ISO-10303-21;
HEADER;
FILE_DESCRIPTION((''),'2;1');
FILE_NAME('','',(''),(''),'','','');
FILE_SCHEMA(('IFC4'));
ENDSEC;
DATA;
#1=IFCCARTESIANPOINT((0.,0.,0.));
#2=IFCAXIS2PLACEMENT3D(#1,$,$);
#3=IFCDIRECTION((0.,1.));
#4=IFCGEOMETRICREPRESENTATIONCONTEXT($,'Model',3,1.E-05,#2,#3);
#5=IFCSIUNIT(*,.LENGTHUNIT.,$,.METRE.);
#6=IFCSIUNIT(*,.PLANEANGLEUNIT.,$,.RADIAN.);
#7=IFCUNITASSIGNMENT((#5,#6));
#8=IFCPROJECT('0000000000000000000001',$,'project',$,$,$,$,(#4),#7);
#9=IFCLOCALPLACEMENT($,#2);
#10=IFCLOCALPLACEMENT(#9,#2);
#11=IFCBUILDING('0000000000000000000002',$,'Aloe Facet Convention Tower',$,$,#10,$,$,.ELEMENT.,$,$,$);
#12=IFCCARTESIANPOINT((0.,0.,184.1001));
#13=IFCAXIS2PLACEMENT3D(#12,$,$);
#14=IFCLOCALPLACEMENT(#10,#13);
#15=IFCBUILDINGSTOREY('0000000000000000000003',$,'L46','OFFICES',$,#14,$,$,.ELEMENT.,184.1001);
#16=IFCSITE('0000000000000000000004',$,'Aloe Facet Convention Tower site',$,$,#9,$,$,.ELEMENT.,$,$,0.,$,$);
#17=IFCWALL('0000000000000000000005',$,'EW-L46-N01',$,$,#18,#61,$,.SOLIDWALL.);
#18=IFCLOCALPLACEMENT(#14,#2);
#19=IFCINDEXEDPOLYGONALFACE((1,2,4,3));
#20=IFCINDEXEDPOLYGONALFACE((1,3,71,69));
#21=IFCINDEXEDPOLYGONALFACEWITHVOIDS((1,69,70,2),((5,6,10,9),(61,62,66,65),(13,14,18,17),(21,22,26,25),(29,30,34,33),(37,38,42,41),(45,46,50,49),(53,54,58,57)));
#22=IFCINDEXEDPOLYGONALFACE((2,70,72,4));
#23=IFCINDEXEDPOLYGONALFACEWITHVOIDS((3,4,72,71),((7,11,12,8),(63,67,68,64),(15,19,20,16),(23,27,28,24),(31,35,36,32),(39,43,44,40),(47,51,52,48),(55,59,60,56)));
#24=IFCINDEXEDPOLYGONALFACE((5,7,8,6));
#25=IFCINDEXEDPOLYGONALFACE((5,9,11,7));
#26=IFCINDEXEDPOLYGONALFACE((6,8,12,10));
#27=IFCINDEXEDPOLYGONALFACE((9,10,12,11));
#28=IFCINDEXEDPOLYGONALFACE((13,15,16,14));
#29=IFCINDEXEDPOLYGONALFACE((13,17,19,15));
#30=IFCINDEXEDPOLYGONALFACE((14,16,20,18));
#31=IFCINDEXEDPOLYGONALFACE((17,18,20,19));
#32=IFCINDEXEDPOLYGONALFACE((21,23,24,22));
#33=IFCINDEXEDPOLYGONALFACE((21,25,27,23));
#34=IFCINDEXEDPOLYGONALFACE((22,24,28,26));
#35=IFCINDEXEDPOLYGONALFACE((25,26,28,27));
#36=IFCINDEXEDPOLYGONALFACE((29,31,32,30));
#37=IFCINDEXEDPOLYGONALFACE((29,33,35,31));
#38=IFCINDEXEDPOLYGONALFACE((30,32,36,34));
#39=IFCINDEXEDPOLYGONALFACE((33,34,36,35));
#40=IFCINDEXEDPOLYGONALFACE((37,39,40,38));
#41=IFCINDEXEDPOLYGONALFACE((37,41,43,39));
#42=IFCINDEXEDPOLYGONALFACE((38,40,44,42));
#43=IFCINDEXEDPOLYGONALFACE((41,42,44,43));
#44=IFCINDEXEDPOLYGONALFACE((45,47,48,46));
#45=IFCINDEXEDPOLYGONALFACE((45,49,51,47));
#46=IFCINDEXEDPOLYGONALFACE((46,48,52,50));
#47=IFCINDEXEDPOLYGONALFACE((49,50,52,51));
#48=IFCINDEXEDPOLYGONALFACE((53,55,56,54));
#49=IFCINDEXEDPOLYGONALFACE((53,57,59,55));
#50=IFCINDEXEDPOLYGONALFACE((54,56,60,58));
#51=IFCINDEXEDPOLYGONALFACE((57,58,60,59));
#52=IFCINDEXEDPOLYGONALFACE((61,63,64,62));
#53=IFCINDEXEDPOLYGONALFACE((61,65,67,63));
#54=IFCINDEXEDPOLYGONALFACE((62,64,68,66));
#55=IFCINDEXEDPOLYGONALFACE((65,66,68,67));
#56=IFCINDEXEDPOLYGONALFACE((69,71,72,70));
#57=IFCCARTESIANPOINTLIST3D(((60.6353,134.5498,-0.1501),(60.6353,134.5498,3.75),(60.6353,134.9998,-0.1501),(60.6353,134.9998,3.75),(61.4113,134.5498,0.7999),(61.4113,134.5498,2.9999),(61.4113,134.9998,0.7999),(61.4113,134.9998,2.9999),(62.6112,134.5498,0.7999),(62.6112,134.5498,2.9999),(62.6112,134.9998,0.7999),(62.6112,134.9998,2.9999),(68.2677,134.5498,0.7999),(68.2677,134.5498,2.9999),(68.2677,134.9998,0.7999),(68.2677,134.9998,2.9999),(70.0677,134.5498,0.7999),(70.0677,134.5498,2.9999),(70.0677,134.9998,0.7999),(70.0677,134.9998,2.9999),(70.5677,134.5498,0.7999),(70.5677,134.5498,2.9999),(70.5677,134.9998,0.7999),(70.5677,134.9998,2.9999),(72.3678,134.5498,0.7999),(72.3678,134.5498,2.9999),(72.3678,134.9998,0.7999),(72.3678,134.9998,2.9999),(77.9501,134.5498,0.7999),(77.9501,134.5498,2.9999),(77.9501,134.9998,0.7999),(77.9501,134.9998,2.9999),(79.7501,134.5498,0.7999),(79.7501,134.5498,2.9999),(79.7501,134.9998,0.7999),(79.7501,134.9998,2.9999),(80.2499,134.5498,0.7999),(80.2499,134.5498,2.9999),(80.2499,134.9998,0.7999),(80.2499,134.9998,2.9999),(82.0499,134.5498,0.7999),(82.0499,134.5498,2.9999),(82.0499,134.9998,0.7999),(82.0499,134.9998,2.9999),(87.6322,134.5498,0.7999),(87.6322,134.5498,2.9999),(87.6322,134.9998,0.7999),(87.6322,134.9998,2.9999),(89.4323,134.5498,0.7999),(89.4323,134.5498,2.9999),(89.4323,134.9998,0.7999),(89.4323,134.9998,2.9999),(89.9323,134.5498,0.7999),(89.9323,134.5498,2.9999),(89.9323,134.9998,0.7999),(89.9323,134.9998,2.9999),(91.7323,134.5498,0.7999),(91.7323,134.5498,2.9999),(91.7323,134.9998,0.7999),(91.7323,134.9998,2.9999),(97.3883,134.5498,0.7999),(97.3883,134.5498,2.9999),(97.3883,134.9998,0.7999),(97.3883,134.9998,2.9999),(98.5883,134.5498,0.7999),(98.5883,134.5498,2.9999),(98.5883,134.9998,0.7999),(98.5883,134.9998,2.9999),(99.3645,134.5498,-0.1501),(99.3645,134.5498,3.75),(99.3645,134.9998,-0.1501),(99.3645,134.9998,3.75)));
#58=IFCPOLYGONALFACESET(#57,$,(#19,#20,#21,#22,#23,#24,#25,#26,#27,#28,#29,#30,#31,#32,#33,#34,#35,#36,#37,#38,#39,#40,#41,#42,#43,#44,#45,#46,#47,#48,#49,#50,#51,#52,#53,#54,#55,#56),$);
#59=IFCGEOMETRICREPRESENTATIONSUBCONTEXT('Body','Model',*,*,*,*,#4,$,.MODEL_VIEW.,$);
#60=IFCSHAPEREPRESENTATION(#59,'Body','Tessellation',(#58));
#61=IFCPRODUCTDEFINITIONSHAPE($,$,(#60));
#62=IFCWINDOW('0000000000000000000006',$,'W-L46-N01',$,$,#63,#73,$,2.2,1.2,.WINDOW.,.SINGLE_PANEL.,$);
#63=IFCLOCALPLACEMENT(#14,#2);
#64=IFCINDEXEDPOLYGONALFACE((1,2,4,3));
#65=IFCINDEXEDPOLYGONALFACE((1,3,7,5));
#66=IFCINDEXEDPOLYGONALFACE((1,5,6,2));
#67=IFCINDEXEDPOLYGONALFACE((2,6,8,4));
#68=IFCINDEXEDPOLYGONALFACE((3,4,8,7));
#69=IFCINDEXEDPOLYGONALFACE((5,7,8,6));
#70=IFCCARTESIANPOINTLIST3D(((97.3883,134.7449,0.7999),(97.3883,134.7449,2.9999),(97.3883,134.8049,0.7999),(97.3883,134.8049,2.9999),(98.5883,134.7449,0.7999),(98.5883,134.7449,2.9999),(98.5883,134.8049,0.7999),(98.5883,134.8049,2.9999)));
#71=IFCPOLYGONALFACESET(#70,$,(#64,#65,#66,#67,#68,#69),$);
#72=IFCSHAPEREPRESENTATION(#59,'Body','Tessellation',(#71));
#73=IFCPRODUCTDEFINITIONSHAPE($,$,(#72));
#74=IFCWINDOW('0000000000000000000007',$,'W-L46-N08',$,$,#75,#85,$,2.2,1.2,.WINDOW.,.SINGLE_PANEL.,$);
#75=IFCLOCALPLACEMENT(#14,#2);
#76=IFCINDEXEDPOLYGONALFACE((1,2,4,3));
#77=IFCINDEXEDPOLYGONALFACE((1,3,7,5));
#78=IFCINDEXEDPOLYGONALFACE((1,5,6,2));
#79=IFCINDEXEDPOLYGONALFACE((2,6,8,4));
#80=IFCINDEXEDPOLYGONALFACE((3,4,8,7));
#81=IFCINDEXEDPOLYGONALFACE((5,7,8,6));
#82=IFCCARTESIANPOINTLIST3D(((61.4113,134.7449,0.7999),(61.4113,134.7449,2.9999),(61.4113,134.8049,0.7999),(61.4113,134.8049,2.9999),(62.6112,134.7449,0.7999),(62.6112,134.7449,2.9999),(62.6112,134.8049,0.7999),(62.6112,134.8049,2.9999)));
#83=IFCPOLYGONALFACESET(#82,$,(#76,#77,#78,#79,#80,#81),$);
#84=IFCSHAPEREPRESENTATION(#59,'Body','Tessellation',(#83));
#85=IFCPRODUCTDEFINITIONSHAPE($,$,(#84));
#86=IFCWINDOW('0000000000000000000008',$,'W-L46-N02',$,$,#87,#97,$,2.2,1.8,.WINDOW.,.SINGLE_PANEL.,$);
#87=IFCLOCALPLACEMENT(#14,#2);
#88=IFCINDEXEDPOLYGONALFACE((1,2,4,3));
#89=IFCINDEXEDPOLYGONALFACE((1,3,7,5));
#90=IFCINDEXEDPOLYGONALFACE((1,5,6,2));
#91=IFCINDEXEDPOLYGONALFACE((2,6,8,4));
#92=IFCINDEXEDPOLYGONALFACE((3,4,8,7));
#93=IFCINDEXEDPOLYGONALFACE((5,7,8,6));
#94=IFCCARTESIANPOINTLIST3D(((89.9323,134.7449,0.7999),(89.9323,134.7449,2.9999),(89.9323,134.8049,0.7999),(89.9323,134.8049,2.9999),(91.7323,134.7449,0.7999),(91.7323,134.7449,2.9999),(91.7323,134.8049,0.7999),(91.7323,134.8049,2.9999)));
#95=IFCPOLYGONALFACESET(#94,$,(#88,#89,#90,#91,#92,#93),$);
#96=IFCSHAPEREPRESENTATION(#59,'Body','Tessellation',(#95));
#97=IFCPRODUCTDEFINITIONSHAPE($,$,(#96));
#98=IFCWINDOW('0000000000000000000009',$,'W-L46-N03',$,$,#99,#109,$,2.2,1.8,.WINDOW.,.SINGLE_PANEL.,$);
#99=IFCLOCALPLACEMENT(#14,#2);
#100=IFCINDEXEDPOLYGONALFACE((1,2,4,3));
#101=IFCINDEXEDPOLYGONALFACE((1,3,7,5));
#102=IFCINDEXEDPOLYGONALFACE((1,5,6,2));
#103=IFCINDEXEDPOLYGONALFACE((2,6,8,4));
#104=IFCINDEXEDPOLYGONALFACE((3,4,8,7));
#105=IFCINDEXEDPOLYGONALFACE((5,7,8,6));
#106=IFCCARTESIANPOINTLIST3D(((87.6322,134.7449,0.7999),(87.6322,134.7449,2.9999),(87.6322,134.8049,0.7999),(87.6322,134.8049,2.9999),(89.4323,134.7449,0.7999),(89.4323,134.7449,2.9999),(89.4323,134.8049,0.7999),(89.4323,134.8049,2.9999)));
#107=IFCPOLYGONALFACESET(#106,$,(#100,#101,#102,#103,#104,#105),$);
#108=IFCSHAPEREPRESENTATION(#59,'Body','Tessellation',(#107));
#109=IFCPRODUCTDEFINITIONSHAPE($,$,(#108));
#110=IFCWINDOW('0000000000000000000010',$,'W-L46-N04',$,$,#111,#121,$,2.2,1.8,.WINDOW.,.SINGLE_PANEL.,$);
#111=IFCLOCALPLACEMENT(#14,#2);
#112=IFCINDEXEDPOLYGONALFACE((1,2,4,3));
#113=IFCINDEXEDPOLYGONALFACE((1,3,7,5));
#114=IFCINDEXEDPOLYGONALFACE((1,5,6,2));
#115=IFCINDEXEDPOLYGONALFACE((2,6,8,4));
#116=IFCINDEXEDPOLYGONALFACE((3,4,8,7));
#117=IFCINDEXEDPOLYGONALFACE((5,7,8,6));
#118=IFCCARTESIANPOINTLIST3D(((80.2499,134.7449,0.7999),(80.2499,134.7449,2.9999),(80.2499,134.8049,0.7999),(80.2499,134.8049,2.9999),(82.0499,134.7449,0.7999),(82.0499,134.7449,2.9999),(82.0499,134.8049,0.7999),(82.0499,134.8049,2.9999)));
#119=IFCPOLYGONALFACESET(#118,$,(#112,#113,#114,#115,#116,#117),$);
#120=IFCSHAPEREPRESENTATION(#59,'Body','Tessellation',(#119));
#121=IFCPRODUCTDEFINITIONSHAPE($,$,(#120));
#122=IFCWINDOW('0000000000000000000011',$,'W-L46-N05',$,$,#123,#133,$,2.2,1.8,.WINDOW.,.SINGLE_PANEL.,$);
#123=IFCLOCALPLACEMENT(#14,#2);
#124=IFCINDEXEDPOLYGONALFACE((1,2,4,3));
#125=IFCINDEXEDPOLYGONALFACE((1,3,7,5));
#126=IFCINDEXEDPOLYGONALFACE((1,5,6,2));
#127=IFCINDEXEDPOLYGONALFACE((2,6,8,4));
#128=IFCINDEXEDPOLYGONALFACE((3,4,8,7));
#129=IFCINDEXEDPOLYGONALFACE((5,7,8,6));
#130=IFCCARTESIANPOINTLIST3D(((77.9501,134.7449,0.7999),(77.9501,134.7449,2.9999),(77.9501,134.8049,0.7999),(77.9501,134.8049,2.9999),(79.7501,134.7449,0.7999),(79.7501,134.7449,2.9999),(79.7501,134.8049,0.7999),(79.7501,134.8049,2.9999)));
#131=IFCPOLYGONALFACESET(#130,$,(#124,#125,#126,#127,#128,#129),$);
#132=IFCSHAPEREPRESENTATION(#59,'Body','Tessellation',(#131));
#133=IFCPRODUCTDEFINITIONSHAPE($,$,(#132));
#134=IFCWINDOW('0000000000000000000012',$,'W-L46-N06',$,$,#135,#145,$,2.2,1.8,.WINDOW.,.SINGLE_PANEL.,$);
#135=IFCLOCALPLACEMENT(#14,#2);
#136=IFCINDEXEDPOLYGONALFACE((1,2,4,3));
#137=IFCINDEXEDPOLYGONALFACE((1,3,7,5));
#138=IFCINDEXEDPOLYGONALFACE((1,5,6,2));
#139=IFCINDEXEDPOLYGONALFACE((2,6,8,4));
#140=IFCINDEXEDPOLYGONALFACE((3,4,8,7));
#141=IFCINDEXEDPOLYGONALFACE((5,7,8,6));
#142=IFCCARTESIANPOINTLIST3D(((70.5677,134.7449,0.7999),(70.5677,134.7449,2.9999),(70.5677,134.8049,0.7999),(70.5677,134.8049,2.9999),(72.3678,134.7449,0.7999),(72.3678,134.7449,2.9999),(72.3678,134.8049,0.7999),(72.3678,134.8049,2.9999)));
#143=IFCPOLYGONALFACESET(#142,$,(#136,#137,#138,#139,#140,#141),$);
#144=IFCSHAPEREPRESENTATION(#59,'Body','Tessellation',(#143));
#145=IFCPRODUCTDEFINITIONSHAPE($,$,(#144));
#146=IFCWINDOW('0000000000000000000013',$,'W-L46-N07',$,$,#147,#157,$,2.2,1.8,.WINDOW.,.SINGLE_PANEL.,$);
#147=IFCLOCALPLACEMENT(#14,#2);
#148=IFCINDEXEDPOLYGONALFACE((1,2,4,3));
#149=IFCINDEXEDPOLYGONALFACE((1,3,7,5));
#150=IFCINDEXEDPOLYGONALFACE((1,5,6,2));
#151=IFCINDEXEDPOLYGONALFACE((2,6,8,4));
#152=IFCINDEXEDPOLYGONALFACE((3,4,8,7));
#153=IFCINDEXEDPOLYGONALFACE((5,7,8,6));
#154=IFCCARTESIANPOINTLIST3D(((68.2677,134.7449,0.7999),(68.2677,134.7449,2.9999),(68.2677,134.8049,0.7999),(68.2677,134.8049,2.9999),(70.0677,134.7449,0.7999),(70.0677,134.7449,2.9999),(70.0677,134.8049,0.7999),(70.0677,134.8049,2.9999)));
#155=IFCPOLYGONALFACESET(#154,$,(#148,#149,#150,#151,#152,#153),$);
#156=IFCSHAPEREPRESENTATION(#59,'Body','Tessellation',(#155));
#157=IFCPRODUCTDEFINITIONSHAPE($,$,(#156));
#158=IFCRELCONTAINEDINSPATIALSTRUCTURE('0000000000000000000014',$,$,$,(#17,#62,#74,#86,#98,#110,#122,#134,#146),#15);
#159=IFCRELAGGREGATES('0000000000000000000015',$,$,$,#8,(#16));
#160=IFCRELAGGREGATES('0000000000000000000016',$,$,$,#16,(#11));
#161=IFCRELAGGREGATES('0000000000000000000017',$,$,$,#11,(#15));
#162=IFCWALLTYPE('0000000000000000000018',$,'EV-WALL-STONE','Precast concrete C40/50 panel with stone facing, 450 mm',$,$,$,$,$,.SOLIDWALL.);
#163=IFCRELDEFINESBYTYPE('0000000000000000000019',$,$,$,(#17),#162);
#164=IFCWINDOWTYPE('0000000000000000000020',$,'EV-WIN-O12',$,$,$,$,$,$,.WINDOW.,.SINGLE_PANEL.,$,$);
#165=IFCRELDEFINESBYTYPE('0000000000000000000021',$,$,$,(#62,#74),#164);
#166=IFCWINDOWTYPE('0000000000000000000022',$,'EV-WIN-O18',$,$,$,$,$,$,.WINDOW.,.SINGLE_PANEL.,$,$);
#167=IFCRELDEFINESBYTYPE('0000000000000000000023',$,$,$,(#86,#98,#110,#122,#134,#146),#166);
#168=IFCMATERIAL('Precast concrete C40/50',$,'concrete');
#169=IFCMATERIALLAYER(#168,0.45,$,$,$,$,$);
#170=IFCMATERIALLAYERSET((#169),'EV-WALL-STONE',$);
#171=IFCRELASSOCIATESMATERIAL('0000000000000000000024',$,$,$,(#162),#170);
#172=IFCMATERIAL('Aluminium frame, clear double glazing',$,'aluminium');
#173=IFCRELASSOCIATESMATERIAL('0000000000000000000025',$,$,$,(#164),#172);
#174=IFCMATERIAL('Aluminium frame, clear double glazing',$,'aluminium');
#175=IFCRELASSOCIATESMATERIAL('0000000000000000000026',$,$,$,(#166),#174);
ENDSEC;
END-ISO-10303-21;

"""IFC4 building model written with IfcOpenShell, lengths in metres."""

from ifc_helpers import new_model, si_unit, direction, frame, frame_2d, origin, place, context, subcontext, project, spatial, polyline, rectangle, outline, extrude, material, layer, layer_set, type_object, element, fill, save


model = new_model("IFC4")

# Units and contexts
model_context = context("Model", 3, precision=1e-05, world=origin(), true_north=direction((0.0, 1.0)))
body_context = subcontext(model_context, "Body", "Model", "MODEL_VIEW")
ifc_project = project(units=[si_unit("LENGTHUNIT", "METRE"), si_unit("PLANEANGLEUNIT", "RADIAN")], contexts=[model_context])

# Site, building, storey
site_placement = place(None, origin())
site = spatial("IfcSite", under=ifc_project, at=site_placement, Name="Aloe Facet Convention Tower site", CompositionType="ELEMENT", RefElevation=0.0)
building_placement = place(site_placement, origin())
building = spatial("IfcBuilding", under=site, at=building_placement, Name="Aloe Facet Convention Tower", CompositionType="ELEMENT")
storey_placement = place(building_placement, frame((0.0, 0.0, 184.1001)))
storey = spatial("IfcBuildingStorey", under=building, at=storey_placement, Name="L46", Description="OFFICES", CompositionType="ELEMENT", Elevation=184.1001)

# Wall, openings, windows
ifc_material_1 = material(Name="Precast concrete C40/50", Category="concrete")
ifc_layer_1 = layer(ifc_material_1, 0.45)
ifc_layer_set_1 = layer_set([ifc_layer_1], Name="EV-WALL-STONE")
wall_type_1 = type_object("IfcWallType", Name="EV-WALL-STONE", Description="Precast concrete C40/50 panel with stone facing, 450 mm", PredefinedType="SOLIDWALL", material=ifc_layer_set_1)
wall_1_placement = place(storey_placement, frame((99.3645, 134.7749, -0.1501), z_axis=(0.0, 0.0, 1.0), x_axis=(-1.0, 0.0, 0.0)))
wall_1 = element("IfcWall", 1, at=wall_1_placement, inside=storey, type_object=wall_type_1, Name="EW-L46-N01", PredefinedType="SOLIDWALL", context=body_context, shape_type="SweptSolid", body=[
    extrude(outline(polyline([(38.7292, 0.0), (38.7292, 3.9001), (0.0, 3.9001), (0.0, 0.0), (38.7292, 0.0)])), frame((0.0, 0.2251, 0.0), z_axis=(0.0, -1.0, 0.0), x_axis=(1.0, 0.0, 0.0)), (0.0, 0.0, 1.0), 0.45),
])
opening_1_placement = place(wall_1_placement, frame((0.7761, 0.0, 0.95)))
opening_1 = element("IfcOpeningElement", 2, at=opening_1_placement, cuts=wall_1, PredefinedType="OPENING", context=body_context, shape_type="SweptSolid", body=[
    extrude(rectangle(XDim=1.2, YDim=2.2, at=frame_2d((0.6001, 1.1001))), frame((0.0, 0.2349, 0.0), z_axis=(0.0, -1.0, 0.0), x_axis=(1.0, 0.0, 0.0)), (0.0, 0.0, 1.0), 0.47),
])
opening_2_placement = place(wall_1_placement, frame((7.6323, 0.0, 0.95)))
opening_2 = element("IfcOpeningElement", 3, at=opening_2_placement, cuts=wall_1, PredefinedType="OPENING", context=body_context, shape_type="SweptSolid", body=[
    extrude(rectangle(XDim=1.8, YDim=2.2, at=frame_2d((0.8999, 1.1001))), frame((0.0, 0.2349, 0.0), z_axis=(0.0, -1.0, 0.0), x_axis=(1.0, 0.0, 0.0)), (0.0, 0.0, 1.0), 0.47),
])
opening_3_placement = place(wall_1_placement, frame((9.9324, 0.0, 0.95)))
opening_3 = element("IfcOpeningElement", 4, at=opening_3_placement, cuts=wall_1, PredefinedType="OPENING", context=body_context, shape_type="SweptSolid", body=[
    extrude(rectangle(XDim=1.8, YDim=2.2, at=frame_2d((0.8999, 1.1001))), frame((0.0, 0.2349, 0.0), z_axis=(0.0, -1.0, 0.0), x_axis=(1.0, 0.0, 0.0)), (0.0, 0.0, 1.0), 0.47),
])
opening_4_placement = place(wall_1_placement, frame((17.3147, 0.0, 0.95)))
opening_4 = element("IfcOpeningElement", 5, at=opening_4_placement, cuts=wall_1, PredefinedType="OPENING", context=body_context, shape_type="SweptSolid", body=[
    extrude(rectangle(XDim=1.8, YDim=2.2, at=frame_2d((0.8999, 1.1001))), frame((0.0, 0.2349, 0.0), z_axis=(0.0, -1.0, 0.0), x_axis=(1.0, 0.0, 0.0)), (0.0, 0.0, 1.0), 0.47),
])
opening_5_placement = place(wall_1_placement, frame((19.6145, 0.0, 0.95)))
opening_5 = element("IfcOpeningElement", 6, at=opening_5_placement, cuts=wall_1, PredefinedType="OPENING", context=body_context, shape_type="SweptSolid", body=[
    extrude(rectangle(XDim=1.8, YDim=2.2, at=frame_2d((0.8999, 1.1001))), frame((0.0, 0.2349, 0.0), z_axis=(0.0, -1.0, 0.0), x_axis=(1.0, 0.0, 0.0)), (0.0, 0.0, 1.0), 0.47),
])
opening_6_placement = place(wall_1_placement, frame((26.9968, 0.0, 0.95)))
opening_6 = element("IfcOpeningElement", 7, at=opening_6_placement, cuts=wall_1, PredefinedType="OPENING", context=body_context, shape_type="SweptSolid", body=[
    extrude(rectangle(XDim=1.8, YDim=2.2, at=frame_2d((0.8999, 1.1001))), frame((0.0, 0.2349, 0.0), z_axis=(0.0, -1.0, 0.0), x_axis=(1.0, 0.0, 0.0)), (0.0, 0.0, 1.0), 0.47),
])
opening_7_placement = place(wall_1_placement, frame((29.2969, 0.0, 0.95)))
opening_7 = element("IfcOpeningElement", 8, at=opening_7_placement, cuts=wall_1, PredefinedType="OPENING", context=body_context, shape_type="SweptSolid", body=[
    extrude(rectangle(XDim=1.8, YDim=2.2, at=frame_2d((0.8999, 1.1001))), frame((0.0, 0.2349, 0.0), z_axis=(0.0, -1.0, 0.0), x_axis=(1.0, 0.0, 0.0)), (0.0, 0.0, 1.0), 0.47),
])
opening_8_placement = place(wall_1_placement, frame((36.7532, 0.0, 0.95)))
opening_8 = element("IfcOpeningElement", 9, at=opening_8_placement, cuts=wall_1, PredefinedType="OPENING", context=body_context, shape_type="SweptSolid", body=[
    extrude(rectangle(XDim=1.2, YDim=2.2, at=frame_2d((0.6001, 1.1001))), frame((0.0, 0.2349, 0.0), z_axis=(0.0, -1.0, 0.0), x_axis=(1.0, 0.0, 0.0)), (0.0, 0.0, 1.0), 0.47),
])
ifc_material_2 = material(Name="Aluminium frame, clear double glazing", Category="aluminium")
window_type_1 = type_object("IfcWindowType", Name="EV-WIN-O12", PartitioningType="SINGLE_PANEL", PredefinedType="WINDOW", material=ifc_material_2)
window_1_placement = place(opening_1_placement, origin())
window_1 = element("IfcWindow", 10, at=window_1_placement, inside=storey, type_object=window_type_1, Name="W-L46-N01", OverallHeight=2.2, OverallWidth=1.2, PartitioningType="SINGLE_PANEL", PredefinedType="WINDOW", context=body_context, shape_type="SweptSolid", body=[
    extrude(rectangle(XDim=1.2, YDim=2.2, at=frame_2d((0.6001, 1.1001))), frame((0.0, 0.03, 0.0), z_axis=(0.0, -1.0, 0.0), x_axis=(1.0, 0.0, 0.0)), (0.0, 0.0, 1.0), 0.0601),
])
fill(opening_1, window_1)
window_2_placement = place(opening_8_placement, origin())
window_2 = element("IfcWindow", 11, at=window_2_placement, inside=storey, type_object=window_type_1, Name="W-L46-N08", OverallHeight=2.2, OverallWidth=1.2, PartitioningType="SINGLE_PANEL", PredefinedType="WINDOW", context=body_context, shape_type="SweptSolid", body=[
    extrude(rectangle(XDim=1.2, YDim=2.2, at=frame_2d((0.6001, 1.1001))), frame((0.0, 0.03, 0.0), z_axis=(0.0, -1.0, 0.0), x_axis=(1.0, 0.0, 0.0)), (0.0, 0.0, 1.0), 0.0601),
])
fill(opening_8, window_2)
ifc_material_3 = material(Name="Aluminium frame, clear double glazing", Category="aluminium")
window_type_2 = type_object("IfcWindowType", Name="EV-WIN-O18", PartitioningType="SINGLE_PANEL", PredefinedType="WINDOW", material=ifc_material_3)
window_3_placement = place(opening_2_placement, origin())
window_3 = element("IfcWindow", 12, at=window_3_placement, inside=storey, type_object=window_type_2, Name="W-L46-N02", OverallHeight=2.2, OverallWidth=1.8, PartitioningType="SINGLE_PANEL", PredefinedType="WINDOW", context=body_context, shape_type="SweptSolid", body=[
    extrude(rectangle(XDim=1.8, YDim=2.2, at=frame_2d((0.8999, 1.1001))), frame((0.0, 0.03, 0.0), z_axis=(0.0, -1.0, 0.0), x_axis=(1.0, 0.0, 0.0)), (0.0, 0.0, 1.0), 0.0601),
])
fill(opening_2, window_3)
window_4_placement = place(opening_3_placement, origin())
window_4 = element("IfcWindow", 13, at=window_4_placement, inside=storey, type_object=window_type_2, Name="W-L46-N03", OverallHeight=2.2, OverallWidth=1.8, PartitioningType="SINGLE_PANEL", PredefinedType="WINDOW", context=body_context, shape_type="SweptSolid", body=[
    extrude(rectangle(XDim=1.8, YDim=2.2, at=frame_2d((0.8999, 1.1001))), frame((0.0, 0.03, 0.0), z_axis=(0.0, -1.0, 0.0), x_axis=(1.0, 0.0, 0.0)), (0.0, 0.0, 1.0), 0.0601),
])
fill(opening_3, window_4)
window_5_placement = place(opening_4_placement, origin())
window_5 = element("IfcWindow", 14, at=window_5_placement, inside=storey, type_object=window_type_2, Name="W-L46-N04", OverallHeight=2.2, OverallWidth=1.8, PartitioningType="SINGLE_PANEL", PredefinedType="WINDOW", context=body_context, shape_type="SweptSolid", body=[
    extrude(rectangle(XDim=1.8, YDim=2.2, at=frame_2d((0.8999, 1.1001))), frame((0.0, 0.03, 0.0), z_axis=(0.0, -1.0, 0.0), x_axis=(1.0, 0.0, 0.0)), (0.0, 0.0, 1.0), 0.0601),
])
fill(opening_4, window_5)
window_6_placement = place(opening_5_placement, origin())
window_6 = element("IfcWindow", 15, at=window_6_placement, inside=storey, type_object=window_type_2, Name="W-L46-N05", OverallHeight=2.2, OverallWidth=1.8, PartitioningType="SINGLE_PANEL", PredefinedType="WINDOW", context=body_context, shape_type="SweptSolid", body=[
    extrude(rectangle(XDim=1.8, YDim=2.2, at=frame_2d((0.8999, 1.1001))), frame((0.0, 0.03, 0.0), z_axis=(0.0, -1.0, 0.0), x_axis=(1.0, 0.0, 0.0)), (0.0, 0.0, 1.0), 0.0601),
])
fill(opening_5, window_6)
window_7_placement = place(opening_6_placement, origin())
window_7 = element("IfcWindow", 16, at=window_7_placement, inside=storey, type_object=window_type_2, Name="W-L46-N06", OverallHeight=2.2, OverallWidth=1.8, PartitioningType="SINGLE_PANEL", PredefinedType="WINDOW", context=body_context, shape_type="SweptSolid", body=[
    extrude(rectangle(XDim=1.8, YDim=2.2, at=frame_2d((0.8999, 1.1001))), frame((0.0, 0.03, 0.0), z_axis=(0.0, -1.0, 0.0), x_axis=(1.0, 0.0, 0.0)), (0.0, 0.0, 1.0), 0.0601),
])
fill(opening_6, window_7)
window_8_placement = place(opening_7_placement, origin())
window_8 = element("IfcWindow", 17, at=window_8_placement, inside=storey, type_object=window_type_2, Name="W-L46-N07", OverallHeight=2.2, OverallWidth=1.8, PartitioningType="SINGLE_PANEL", PredefinedType="WINDOW", context=body_context, shape_type="SweptSolid", body=[
    extrude(rectangle(XDim=1.8, YDim=2.2, at=frame_2d((0.8999, 1.1001))), frame((0.0, 0.03, 0.0), z_axis=(0.0, -1.0, 0.0), x_axis=(1.0, 0.0, 0.0)), (0.0, 0.0, 1.0), 0.0601),
])
fill(opening_7, window_8)

save(model, "model.ifc")
